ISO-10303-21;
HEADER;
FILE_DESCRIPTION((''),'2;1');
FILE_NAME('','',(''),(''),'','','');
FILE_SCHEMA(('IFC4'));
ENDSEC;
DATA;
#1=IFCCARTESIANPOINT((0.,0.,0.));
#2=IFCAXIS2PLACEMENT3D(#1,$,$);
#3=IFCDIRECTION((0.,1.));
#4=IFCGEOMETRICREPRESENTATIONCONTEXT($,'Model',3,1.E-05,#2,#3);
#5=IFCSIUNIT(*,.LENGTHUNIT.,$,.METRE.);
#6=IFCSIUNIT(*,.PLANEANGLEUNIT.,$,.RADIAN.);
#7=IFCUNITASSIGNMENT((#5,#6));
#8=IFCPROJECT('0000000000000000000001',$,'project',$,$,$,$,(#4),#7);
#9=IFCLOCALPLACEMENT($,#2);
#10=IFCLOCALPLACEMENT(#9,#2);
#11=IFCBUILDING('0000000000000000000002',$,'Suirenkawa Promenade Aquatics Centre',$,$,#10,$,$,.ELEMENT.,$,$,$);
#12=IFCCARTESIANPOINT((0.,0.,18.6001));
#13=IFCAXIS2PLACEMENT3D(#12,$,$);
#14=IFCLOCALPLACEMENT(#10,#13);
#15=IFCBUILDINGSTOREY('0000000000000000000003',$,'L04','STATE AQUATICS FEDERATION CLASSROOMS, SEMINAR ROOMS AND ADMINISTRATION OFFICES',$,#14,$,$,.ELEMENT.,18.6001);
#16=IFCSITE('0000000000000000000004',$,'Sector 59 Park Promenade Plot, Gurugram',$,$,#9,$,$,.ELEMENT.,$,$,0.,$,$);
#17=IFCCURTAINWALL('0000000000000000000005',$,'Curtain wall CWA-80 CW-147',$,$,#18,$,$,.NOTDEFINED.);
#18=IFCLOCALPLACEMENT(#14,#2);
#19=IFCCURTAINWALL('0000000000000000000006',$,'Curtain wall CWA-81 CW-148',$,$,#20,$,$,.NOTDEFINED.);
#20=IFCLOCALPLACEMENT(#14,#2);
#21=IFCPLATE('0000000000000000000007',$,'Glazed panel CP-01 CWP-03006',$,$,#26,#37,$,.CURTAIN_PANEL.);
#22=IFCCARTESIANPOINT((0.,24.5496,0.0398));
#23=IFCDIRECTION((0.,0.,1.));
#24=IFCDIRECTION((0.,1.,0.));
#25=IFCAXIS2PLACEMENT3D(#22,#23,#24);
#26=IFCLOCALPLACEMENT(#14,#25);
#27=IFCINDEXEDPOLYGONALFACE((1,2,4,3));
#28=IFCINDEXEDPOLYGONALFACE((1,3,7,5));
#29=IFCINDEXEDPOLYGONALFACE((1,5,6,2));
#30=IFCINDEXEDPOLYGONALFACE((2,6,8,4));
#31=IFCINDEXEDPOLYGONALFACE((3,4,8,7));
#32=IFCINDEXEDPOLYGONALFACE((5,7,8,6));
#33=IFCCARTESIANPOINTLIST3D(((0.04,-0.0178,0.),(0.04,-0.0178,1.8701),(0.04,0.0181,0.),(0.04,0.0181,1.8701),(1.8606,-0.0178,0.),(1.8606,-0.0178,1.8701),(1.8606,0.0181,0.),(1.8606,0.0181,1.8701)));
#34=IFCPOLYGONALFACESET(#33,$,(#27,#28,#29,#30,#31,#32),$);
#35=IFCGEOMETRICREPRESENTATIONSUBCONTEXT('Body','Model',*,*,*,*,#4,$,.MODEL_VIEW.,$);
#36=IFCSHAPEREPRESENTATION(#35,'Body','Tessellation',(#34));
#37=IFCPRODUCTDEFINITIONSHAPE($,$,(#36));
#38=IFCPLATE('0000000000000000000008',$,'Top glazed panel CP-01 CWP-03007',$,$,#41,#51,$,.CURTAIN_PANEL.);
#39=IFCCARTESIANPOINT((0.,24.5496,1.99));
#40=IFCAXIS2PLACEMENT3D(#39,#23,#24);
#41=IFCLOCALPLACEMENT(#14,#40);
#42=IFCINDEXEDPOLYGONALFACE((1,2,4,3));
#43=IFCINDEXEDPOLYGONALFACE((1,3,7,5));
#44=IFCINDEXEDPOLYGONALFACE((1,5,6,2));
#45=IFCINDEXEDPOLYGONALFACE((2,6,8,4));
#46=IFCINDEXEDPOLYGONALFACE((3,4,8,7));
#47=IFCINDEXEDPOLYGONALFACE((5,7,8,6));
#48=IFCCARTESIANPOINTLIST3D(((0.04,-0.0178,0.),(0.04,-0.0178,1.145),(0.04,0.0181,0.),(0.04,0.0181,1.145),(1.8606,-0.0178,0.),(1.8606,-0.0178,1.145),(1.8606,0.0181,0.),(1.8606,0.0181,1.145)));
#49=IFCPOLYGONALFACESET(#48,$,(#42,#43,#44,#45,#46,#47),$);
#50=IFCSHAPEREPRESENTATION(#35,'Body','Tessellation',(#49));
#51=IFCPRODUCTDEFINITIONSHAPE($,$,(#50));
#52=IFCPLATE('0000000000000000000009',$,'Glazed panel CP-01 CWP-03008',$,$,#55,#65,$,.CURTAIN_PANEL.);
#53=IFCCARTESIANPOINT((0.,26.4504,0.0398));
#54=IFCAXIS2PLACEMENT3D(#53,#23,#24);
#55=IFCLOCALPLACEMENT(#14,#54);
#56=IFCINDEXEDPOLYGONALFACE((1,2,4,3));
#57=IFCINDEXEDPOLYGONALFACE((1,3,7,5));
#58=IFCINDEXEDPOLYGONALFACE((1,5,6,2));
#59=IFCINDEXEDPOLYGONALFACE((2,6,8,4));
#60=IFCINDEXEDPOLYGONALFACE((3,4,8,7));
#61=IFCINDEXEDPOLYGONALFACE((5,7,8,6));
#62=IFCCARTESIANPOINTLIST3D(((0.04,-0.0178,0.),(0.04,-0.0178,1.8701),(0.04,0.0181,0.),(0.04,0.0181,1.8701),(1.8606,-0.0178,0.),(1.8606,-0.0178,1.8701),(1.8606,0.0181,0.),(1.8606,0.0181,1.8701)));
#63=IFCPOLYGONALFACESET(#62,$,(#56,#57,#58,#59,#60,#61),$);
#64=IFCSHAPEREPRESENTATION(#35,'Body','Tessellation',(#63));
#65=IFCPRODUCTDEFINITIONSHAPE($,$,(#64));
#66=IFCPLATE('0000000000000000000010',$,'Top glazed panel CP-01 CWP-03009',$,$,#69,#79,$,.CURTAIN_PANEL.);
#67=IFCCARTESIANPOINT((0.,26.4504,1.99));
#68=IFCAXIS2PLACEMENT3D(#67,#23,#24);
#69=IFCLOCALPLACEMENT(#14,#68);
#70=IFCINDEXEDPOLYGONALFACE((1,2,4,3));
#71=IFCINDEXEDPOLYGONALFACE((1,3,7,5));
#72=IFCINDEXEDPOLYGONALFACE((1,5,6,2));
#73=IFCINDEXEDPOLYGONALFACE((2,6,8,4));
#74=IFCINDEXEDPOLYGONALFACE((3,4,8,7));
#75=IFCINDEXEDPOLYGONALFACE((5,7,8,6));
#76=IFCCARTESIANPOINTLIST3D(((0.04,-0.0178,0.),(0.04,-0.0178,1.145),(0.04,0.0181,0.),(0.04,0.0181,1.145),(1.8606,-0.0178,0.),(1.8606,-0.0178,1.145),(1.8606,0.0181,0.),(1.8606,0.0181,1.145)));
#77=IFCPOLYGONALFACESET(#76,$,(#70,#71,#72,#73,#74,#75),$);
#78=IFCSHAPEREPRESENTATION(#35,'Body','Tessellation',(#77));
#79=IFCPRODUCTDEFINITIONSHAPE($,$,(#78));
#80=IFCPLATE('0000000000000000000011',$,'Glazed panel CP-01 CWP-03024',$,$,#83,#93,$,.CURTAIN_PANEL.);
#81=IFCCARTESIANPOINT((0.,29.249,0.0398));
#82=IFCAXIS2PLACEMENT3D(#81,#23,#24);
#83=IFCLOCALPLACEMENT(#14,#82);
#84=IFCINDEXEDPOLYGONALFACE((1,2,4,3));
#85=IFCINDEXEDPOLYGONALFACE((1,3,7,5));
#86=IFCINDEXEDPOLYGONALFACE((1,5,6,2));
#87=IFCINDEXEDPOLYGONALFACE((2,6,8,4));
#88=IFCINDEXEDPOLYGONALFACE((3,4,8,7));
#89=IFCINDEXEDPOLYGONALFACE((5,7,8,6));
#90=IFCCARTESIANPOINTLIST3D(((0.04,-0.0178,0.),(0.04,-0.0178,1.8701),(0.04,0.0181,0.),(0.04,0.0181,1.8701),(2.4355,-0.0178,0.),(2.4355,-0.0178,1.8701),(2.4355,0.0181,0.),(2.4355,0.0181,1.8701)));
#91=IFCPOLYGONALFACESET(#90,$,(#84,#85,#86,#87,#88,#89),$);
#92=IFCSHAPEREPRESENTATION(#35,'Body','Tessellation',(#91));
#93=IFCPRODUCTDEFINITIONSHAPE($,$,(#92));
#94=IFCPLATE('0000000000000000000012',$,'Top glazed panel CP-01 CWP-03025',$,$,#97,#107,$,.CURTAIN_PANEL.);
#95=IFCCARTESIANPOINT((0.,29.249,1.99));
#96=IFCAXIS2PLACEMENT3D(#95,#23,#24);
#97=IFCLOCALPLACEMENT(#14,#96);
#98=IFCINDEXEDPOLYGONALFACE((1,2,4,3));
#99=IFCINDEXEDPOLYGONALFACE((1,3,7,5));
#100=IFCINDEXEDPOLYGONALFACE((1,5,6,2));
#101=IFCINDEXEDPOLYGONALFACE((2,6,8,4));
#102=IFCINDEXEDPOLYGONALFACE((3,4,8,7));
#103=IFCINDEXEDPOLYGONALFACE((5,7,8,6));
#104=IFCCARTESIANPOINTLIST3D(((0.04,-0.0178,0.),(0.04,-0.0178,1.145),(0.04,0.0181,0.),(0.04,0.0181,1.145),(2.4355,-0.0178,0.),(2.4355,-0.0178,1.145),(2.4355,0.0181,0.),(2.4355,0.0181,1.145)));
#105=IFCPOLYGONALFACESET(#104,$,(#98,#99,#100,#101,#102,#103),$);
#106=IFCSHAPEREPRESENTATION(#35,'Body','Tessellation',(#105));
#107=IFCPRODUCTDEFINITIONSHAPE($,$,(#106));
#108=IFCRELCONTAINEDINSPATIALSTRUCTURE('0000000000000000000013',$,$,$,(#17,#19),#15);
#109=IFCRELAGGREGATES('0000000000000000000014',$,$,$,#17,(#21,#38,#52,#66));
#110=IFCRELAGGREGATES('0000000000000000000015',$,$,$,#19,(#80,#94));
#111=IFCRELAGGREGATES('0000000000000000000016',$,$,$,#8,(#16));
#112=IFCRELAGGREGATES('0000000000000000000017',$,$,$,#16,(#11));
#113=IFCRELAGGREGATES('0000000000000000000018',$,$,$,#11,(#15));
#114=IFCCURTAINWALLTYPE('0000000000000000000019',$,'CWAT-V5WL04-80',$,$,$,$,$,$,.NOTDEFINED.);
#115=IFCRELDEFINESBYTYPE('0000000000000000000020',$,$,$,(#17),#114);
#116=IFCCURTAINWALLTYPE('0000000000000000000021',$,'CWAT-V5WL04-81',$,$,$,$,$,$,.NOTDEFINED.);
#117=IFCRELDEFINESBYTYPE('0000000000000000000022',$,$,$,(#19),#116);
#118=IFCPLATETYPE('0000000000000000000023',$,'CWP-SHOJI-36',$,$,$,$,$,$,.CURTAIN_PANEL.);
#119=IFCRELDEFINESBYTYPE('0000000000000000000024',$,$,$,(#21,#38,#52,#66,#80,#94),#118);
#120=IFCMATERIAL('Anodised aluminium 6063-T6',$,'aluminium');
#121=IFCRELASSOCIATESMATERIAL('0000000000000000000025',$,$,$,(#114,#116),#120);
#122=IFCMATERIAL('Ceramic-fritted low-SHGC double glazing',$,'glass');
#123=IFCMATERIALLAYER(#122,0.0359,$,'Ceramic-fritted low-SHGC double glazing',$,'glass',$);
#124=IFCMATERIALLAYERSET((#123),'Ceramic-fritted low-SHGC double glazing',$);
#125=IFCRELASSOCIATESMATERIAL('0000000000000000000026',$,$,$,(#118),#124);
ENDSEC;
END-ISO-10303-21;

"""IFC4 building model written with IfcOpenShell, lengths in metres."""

from ifc_helpers import new_model, si_unit, direction, frame, origin, place, context, subcontext, project, spatial, polyline, outline, extrude, material, layer, layer_set, type_object, element, aggregate, save


model = new_model("IFC4")

# Units and contexts
model_context = context("Model", 3, precision=1e-05, world=origin(), true_north=direction((0.0, 1.0)))
body_context = subcontext(model_context, "Body", "Model", "MODEL_VIEW")
ifc_project = project(units=[si_unit("LENGTHUNIT", "METRE"), si_unit("PLANEANGLEUNIT", "RADIAN")], contexts=[model_context])

# Site, building, storey
site_placement = place(None, origin())
site = spatial("IfcSite", under=ifc_project, at=site_placement, Name="Sector 59 Park Promenade Plot, Gurugram", CompositionType="ELEMENT", RefElevation=0.0)
building_placement = place(site_placement, origin())
building = spatial("IfcBuilding", under=site, at=building_placement, Name="Suirenkawa Promenade Aquatics Centre", CompositionType="ELEMENT")
storey_placement = place(building_placement, frame((0.0, 0.0, 18.6001)))
storey = spatial("IfcBuildingStorey", under=building, at=storey_placement, Name="L04", Description="STATE AQUATICS FEDERATION CLASSROOMS, SEMINAR ROOMS AND ADMINISTRATION OFFICES", CompositionType="ELEMENT", Elevation=18.6001)

# Curtain walls
ifc_material_1 = material(Name="Anodised aluminium 6063-T6", Category="aluminium")
curtain_wall_type_1 = type_object("IfcCurtainWallType", Name="CWAT-V5WL04-80", PredefinedType="NOTDEFINED", material=ifc_material_1)
curtain_wall_1_placement = place(storey_placement, origin())
curtain_wall_1 = element("IfcCurtainWall", 1, at=curtain_wall_1_placement, inside=storey, type_object=curtain_wall_type_1, Name="Curtain wall CWA-80 CW-147", PredefinedType="NOTDEFINED")
curtain_wall_type_2 = type_object("IfcCurtainWallType", Name="CWAT-V5WL04-81", PredefinedType="NOTDEFINED", material=ifc_material_1)
curtain_wall_2_placement = place(storey_placement, origin())
curtain_wall_2 = element("IfcCurtainWall", 2, at=curtain_wall_2_placement, inside=storey, type_object=curtain_wall_type_2, Name="Curtain wall CWA-81 CW-148", PredefinedType="NOTDEFINED")

# Plates
ifc_material_2 = material(Name="Ceramic-fritted low-SHGC double glazing", Category="glass")
ifc_layer = layer(ifc_material_2, 0.0359, Name="Ceramic-fritted low-SHGC double glazing", Category="glass")
ifc_layer_set = layer_set([ifc_layer], Name="Ceramic-fritted low-SHGC double glazing")
plate_type = type_object("IfcPlateType", Name="CWP-SHOJI-36", PredefinedType="CURTAIN_PANEL", material=ifc_layer_set)
plate_1_placement = place(storey_placement, frame((0.0, 24.5496, 0.0398), z_axis=(0.0, 0.0, 1.0), x_axis=(0.0, 1.0, 0.0)))
plate_1 = element("IfcPlate", 3, at=plate_1_placement, type_object=plate_type, Name="Glazed panel CP-01 CWP-03006", PredefinedType="CURTAIN_PANEL", context=body_context, shape_type="SweptSolid", body=[
    extrude(outline(polyline([(0.04, 0.0), (1.8606, 0.0), (1.8606, 1.8701), (0.04, 1.8701), (0.04, 0.0)])), frame((0.0, 0.0181, 0.0), z_axis=(0.0, -1.0, 0.0), x_axis=(1.0, 0.0, 0.0)), (0.0, 0.0, 1.0), 0.0359),
])
plate_2_placement = place(storey_placement, frame((0.0, 24.5496, 1.99), z_axis=(0.0, 0.0, 1.0), x_axis=(0.0, 1.0, 0.0)))
plate_2 = element("IfcPlate", 4, at=plate_2_placement, type_object=plate_type, Name="Top glazed panel CP-01 CWP-03007", PredefinedType="CURTAIN_PANEL", context=body_context, shape_type="SweptSolid", body=[
    extrude(outline(polyline([(0.04, 0.0), (1.8606, 0.0), (1.8606, 1.145), (0.04, 1.145), (0.04, 0.0)])), frame((0.0, 0.0181, 0.0), z_axis=(0.0, -1.0, 0.0), x_axis=(1.0, 0.0, 0.0)), (0.0, 0.0, 1.0), 0.0359),
])
plate_3_placement = place(storey_placement, frame((0.0, 26.4504, 0.0398), z_axis=(0.0, 0.0, 1.0), x_axis=(0.0, 1.0, 0.0)))
plate_3 = element("IfcPlate", 5, at=plate_3_placement, type_object=plate_type, Name="Glazed panel CP-01 CWP-03008", PredefinedType="CURTAIN_PANEL", context=body_context, shape_type="SweptSolid", body=[
    extrude(outline(polyline([(0.04, 0.0), (1.8606, 0.0), (1.8606, 1.8701), (0.04, 1.8701), (0.04, 0.0)])), frame((0.0, 0.0181, 0.0), z_axis=(0.0, -1.0, 0.0), x_axis=(1.0, 0.0, 0.0)), (0.0, 0.0, 1.0), 0.0359),
])
plate_4_placement = place(storey_placement, frame((0.0, 26.4504, 1.99), z_axis=(0.0, 0.0, 1.0), x_axis=(0.0, 1.0, 0.0)))
plate_4 = element("IfcPlate", 6, at=plate_4_placement, type_object=plate_type, Name="Top glazed panel CP-01 CWP-03009", PredefinedType="CURTAIN_PANEL", context=body_context, shape_type="SweptSolid", body=[
    extrude(outline(polyline([(0.04, 0.0), (1.8606, 0.0), (1.8606, 1.145), (0.04, 1.145), (0.04, 0.0)])), frame((0.0, 0.0181, 0.0), z_axis=(0.0, -1.0, 0.0), x_axis=(1.0, 0.0, 0.0)), (0.0, 0.0, 1.0), 0.0359),
])
aggregate(curtain_wall_1, [plate_1, plate_2, plate_3, plate_4])
plate_5_placement = place(storey_placement, frame((0.0, 29.249, 0.0398), z_axis=(0.0, 0.0, 1.0), x_axis=(0.0, 1.0, 0.0)))
plate_5 = element("IfcPlate", 7, at=plate_5_placement, type_object=plate_type, Name="Glazed panel CP-01 CWP-03024", PredefinedType="CURTAIN_PANEL", context=body_context, shape_type="SweptSolid", body=[
    extrude(outline(polyline([(0.04, 0.0), (2.4355, 0.0), (2.4355, 1.8701), (0.04, 1.8701), (0.04, 0.0)])), frame((0.0, 0.0181, 0.0), z_axis=(0.0, -1.0, 0.0), x_axis=(1.0, 0.0, 0.0)), (0.0, 0.0, 1.0), 0.0359),
])
plate_6_placement = place(storey_placement, frame((0.0, 29.249, 1.99), z_axis=(0.0, 0.0, 1.0), x_axis=(0.0, 1.0, 0.0)))
plate_6 = element("IfcPlate", 8, at=plate_6_placement, type_object=plate_type, Name="Top glazed panel CP-01 CWP-03025", PredefinedType="CURTAIN_PANEL", context=body_context, shape_type="SweptSolid", body=[
    extrude(outline(polyline([(0.04, 0.0), (2.4355, 0.0), (2.4355, 1.145), (0.04, 1.145), (0.04, 0.0)])), frame((0.0, 0.0181, 0.0), z_axis=(0.0, -1.0, 0.0), x_axis=(1.0, 0.0, 0.0)), (0.0, 0.0, 1.0), 0.0359),
])
aggregate(curtain_wall_2, [plate_5, plate_6])

save(model, "model.ifc")
